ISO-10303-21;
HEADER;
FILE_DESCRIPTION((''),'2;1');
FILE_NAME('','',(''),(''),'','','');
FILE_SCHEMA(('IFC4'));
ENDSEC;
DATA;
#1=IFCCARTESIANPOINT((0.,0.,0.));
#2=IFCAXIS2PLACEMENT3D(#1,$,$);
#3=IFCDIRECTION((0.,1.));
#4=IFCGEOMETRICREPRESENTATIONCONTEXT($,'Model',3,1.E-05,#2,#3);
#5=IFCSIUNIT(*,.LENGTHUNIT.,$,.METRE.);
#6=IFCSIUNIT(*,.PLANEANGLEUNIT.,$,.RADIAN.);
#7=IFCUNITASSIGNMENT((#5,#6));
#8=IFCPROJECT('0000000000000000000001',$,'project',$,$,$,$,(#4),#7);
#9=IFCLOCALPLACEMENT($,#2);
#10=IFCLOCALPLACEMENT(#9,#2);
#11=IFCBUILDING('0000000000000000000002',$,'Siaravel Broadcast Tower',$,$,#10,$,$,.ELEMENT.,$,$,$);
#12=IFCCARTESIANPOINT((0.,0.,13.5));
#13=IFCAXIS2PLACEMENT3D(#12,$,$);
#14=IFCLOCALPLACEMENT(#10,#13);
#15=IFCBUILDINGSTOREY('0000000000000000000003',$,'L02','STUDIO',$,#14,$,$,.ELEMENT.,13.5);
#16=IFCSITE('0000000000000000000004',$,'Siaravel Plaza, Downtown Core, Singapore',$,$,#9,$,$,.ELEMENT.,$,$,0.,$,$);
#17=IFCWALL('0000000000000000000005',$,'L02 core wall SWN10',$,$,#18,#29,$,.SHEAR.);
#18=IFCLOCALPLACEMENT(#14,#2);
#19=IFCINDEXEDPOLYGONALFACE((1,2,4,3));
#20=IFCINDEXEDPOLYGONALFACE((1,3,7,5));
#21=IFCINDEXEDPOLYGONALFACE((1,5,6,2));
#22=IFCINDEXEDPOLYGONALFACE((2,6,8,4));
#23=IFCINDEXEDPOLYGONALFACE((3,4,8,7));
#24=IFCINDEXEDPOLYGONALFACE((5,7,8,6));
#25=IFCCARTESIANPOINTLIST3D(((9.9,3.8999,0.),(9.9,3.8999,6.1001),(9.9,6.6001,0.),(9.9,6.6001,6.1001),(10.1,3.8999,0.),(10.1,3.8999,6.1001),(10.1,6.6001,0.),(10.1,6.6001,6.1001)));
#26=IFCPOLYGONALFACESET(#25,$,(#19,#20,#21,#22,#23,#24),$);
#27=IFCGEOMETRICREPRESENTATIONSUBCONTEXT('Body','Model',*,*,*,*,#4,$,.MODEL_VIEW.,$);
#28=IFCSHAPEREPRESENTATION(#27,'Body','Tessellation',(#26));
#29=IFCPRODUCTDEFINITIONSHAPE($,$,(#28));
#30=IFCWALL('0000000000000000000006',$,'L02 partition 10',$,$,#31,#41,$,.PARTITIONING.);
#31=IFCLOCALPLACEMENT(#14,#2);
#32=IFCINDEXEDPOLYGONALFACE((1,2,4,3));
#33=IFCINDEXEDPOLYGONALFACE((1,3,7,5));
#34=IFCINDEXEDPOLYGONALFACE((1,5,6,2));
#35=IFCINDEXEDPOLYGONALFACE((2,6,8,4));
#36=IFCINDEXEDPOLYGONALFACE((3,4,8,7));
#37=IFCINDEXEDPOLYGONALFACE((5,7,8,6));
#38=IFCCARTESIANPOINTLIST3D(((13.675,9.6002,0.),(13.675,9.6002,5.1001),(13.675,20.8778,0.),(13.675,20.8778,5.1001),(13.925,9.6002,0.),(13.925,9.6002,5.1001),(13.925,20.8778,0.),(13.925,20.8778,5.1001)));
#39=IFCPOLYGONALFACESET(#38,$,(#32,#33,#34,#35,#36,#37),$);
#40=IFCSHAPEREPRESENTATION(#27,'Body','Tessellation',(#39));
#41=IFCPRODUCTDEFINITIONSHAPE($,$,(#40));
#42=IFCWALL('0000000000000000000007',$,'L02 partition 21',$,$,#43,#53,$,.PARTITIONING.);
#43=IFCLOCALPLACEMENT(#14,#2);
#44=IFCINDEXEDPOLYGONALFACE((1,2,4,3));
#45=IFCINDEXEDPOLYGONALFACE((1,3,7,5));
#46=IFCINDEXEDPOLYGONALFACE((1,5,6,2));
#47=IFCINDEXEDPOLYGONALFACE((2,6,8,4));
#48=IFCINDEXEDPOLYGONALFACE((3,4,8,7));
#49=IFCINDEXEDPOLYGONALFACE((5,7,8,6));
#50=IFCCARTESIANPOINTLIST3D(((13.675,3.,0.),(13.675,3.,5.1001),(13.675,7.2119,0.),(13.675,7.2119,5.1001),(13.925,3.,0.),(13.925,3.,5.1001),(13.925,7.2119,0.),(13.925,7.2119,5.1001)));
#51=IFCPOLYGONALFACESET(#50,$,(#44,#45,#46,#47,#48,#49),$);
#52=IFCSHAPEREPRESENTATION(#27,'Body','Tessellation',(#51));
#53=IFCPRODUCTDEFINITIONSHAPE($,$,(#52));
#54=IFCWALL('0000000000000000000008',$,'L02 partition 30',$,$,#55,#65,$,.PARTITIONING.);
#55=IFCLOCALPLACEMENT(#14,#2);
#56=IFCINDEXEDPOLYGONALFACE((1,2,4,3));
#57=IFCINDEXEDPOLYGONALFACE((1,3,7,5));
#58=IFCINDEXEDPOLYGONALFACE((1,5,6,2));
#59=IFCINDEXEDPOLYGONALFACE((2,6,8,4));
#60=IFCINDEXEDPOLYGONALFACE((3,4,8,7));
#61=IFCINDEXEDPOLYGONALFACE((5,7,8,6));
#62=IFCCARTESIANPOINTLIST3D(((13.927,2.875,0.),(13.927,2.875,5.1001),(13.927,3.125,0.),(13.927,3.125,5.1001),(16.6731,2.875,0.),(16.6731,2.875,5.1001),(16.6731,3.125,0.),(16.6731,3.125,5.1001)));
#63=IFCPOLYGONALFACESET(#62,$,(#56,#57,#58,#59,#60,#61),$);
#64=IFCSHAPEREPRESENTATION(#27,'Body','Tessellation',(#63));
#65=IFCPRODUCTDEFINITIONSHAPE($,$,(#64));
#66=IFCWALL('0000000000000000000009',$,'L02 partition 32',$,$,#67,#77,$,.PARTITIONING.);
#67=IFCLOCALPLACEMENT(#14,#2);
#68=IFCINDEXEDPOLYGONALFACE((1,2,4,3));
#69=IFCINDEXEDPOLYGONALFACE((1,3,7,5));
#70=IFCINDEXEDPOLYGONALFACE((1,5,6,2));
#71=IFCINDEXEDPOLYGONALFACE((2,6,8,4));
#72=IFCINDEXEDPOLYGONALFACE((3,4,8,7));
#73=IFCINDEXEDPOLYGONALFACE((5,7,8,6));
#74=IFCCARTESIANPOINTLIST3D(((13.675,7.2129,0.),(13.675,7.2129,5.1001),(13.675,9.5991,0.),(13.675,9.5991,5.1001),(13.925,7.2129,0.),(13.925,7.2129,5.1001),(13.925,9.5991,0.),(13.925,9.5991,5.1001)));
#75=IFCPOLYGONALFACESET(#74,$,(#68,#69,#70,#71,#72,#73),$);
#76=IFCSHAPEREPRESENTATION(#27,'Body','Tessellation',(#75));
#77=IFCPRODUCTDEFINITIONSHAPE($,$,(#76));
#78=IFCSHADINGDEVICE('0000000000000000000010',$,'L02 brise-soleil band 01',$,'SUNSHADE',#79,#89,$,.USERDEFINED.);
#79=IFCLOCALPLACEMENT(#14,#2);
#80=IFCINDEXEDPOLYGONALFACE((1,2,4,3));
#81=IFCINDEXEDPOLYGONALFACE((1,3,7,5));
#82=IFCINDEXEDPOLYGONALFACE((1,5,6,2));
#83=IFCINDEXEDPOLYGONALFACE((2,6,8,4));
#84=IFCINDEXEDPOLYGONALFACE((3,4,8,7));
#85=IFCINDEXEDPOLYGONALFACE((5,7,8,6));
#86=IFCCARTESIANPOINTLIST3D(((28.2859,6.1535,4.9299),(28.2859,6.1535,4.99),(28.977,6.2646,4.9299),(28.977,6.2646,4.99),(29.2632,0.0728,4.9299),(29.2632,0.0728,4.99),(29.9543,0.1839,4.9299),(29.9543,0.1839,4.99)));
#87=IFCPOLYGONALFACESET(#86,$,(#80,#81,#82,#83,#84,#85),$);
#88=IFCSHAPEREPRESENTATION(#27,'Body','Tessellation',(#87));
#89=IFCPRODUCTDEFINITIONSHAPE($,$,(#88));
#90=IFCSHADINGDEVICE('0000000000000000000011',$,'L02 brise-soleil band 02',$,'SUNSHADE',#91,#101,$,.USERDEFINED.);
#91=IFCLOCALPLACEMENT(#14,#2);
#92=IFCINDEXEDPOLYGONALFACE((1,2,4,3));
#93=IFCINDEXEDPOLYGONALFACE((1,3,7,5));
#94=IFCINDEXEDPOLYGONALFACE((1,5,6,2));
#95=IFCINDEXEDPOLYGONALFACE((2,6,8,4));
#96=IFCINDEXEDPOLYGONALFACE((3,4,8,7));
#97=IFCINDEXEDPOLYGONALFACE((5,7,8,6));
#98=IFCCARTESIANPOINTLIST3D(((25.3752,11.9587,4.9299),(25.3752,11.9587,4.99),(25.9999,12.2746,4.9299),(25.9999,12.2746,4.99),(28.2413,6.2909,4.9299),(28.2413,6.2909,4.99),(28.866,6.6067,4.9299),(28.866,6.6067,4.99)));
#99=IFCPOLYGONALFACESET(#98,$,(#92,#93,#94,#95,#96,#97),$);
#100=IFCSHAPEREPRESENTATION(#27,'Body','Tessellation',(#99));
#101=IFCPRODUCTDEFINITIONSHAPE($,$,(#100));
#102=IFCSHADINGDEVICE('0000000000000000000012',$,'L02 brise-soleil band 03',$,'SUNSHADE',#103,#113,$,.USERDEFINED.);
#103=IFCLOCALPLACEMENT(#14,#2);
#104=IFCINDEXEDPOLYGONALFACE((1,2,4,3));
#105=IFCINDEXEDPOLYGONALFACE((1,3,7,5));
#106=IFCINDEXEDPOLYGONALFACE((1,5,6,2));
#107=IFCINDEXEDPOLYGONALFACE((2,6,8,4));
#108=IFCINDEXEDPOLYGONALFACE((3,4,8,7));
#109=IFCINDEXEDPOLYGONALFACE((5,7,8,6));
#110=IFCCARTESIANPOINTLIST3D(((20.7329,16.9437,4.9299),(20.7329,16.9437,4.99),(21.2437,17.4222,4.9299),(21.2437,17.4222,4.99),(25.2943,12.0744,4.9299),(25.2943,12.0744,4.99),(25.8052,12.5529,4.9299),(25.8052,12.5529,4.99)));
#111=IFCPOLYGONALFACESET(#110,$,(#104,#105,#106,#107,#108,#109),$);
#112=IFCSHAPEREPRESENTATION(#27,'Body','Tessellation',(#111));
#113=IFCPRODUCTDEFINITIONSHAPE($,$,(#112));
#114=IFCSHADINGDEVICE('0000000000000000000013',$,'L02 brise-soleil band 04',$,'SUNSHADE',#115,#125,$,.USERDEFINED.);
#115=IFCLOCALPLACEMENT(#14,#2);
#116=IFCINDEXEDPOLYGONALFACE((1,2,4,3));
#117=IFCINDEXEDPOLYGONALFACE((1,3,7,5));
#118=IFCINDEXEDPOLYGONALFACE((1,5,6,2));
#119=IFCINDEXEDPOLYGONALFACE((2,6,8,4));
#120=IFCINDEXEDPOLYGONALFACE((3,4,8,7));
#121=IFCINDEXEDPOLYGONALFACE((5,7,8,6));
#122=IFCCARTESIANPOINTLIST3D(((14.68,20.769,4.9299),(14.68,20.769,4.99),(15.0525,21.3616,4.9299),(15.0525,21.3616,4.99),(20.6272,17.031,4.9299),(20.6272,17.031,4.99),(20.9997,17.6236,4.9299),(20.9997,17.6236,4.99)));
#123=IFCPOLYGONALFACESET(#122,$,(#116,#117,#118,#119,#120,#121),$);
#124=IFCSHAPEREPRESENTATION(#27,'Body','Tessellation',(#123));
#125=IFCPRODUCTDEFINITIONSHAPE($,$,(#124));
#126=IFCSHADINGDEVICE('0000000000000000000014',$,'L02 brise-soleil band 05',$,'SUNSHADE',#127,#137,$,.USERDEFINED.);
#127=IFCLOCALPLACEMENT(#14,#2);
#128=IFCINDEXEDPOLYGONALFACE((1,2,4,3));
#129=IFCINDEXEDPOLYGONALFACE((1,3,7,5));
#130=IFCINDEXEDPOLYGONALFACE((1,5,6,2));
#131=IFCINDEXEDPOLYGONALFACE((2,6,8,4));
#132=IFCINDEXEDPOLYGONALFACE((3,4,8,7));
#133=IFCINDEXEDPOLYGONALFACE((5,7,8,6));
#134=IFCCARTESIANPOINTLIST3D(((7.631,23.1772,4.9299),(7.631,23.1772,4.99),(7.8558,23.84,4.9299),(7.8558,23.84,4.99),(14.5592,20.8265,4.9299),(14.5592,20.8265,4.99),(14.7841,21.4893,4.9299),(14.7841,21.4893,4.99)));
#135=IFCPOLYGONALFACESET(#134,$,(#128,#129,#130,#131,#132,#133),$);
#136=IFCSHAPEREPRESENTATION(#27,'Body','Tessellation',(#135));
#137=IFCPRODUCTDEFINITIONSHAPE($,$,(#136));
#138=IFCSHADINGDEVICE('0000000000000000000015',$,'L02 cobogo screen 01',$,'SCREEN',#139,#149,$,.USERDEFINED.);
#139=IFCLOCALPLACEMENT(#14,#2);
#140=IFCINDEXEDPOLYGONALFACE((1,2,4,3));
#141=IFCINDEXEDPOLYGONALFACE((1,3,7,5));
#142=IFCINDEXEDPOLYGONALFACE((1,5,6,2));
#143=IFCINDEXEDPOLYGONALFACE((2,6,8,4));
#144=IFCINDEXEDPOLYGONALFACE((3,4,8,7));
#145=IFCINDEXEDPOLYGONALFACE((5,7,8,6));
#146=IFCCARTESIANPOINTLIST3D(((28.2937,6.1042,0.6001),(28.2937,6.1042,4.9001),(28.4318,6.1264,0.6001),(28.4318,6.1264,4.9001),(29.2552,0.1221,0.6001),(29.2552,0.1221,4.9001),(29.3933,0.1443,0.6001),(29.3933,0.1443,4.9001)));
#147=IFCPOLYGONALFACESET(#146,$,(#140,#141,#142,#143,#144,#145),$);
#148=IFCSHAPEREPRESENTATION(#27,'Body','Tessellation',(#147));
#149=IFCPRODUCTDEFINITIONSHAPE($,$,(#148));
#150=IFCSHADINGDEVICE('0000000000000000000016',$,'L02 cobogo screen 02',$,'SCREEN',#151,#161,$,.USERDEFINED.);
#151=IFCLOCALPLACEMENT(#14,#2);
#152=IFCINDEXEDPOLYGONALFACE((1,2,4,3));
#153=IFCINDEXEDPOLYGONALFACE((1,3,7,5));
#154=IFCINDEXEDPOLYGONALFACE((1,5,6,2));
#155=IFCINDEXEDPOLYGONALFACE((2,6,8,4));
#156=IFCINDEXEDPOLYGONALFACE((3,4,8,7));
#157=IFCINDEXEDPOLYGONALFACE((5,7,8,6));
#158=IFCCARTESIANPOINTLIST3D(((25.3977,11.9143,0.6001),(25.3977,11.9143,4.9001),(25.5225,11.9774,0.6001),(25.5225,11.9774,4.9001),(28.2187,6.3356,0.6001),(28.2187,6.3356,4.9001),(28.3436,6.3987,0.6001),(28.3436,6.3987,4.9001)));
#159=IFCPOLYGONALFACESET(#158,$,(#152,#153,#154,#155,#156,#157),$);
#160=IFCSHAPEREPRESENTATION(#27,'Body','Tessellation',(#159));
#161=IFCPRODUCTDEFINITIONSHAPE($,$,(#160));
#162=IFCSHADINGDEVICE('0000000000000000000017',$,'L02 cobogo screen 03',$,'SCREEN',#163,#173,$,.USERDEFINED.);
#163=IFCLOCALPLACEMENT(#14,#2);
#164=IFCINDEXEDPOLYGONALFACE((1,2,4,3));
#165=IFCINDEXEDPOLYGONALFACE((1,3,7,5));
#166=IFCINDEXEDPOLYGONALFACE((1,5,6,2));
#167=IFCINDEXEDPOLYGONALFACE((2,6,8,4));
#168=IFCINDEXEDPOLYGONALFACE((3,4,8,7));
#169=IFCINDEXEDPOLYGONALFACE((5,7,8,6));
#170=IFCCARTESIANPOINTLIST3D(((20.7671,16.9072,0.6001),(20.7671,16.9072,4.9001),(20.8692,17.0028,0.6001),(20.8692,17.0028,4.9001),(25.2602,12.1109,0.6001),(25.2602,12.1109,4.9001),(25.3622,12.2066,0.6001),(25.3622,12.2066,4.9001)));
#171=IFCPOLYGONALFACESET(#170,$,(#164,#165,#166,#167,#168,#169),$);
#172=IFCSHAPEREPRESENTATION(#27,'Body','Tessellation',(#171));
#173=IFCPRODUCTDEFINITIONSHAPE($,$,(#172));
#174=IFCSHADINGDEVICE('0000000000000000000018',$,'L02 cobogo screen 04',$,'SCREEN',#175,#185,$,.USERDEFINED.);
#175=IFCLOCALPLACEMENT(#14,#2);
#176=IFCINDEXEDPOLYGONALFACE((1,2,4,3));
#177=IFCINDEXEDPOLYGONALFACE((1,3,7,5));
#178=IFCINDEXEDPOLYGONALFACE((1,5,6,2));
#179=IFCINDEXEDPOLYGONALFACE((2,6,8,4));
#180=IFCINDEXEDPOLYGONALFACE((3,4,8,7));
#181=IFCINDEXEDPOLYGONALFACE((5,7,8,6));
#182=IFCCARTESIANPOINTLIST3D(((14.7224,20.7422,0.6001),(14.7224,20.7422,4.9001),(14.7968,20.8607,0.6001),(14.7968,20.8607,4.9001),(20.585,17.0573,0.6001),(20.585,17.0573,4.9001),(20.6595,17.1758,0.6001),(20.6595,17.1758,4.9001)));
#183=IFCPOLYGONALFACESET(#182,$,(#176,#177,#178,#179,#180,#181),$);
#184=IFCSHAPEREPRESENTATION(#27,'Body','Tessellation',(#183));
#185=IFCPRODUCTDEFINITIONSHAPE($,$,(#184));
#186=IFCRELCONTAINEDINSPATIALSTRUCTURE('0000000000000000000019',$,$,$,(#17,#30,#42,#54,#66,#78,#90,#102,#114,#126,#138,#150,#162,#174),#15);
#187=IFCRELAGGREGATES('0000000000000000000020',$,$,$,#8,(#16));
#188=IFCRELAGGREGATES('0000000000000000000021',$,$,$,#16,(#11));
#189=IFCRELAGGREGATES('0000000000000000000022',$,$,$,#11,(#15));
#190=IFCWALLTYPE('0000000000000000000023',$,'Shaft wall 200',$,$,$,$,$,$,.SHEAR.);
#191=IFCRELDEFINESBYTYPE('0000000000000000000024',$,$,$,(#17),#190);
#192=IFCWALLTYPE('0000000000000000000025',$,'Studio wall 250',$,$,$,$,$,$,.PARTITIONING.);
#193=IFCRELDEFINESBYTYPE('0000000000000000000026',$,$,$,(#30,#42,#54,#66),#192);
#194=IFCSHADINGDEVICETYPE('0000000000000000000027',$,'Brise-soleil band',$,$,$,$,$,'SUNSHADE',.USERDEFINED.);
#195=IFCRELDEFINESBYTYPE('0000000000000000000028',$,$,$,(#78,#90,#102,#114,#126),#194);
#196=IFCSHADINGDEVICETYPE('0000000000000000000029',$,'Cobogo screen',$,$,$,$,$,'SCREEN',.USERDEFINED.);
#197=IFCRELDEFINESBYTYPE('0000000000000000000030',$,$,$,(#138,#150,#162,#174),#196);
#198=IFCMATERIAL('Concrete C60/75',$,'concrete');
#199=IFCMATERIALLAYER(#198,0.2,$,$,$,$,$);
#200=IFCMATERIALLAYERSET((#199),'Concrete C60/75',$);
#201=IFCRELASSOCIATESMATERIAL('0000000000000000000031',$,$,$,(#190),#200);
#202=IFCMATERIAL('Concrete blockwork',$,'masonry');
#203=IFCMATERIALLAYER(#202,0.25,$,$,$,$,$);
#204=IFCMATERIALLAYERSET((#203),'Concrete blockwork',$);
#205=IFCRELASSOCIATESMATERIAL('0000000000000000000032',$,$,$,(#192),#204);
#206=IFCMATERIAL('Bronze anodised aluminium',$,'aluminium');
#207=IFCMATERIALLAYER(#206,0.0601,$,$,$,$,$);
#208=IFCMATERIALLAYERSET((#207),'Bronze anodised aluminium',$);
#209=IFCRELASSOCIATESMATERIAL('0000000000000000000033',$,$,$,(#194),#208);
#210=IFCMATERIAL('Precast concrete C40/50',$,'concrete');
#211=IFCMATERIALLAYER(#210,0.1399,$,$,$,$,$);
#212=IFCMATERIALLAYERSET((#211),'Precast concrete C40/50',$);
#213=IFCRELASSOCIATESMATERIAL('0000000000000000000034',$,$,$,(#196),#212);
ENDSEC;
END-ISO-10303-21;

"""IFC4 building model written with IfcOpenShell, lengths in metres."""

from ifc_helpers import new_model, si_unit, direction, frame, frame_2d, origin, origin_2d, place, context, subcontext, project, spatial, rectangle, extrude, material, layer, layer_set, type_object, element, save


model = new_model("IFC4")

# Units and contexts
model_context = context("Model", 3, precision=1e-05, world=origin(), true_north=direction((0.0, 1.0)))
body_context = subcontext(model_context, "Body", "Model", "MODEL_VIEW")
ifc_project = project(units=[si_unit("LENGTHUNIT", "METRE"), si_unit("PLANEANGLEUNIT", "RADIAN")], contexts=[model_context])

# Site, building, storey
site_placement = place(None, origin())
site = spatial("IfcSite", under=ifc_project, at=site_placement, Name="Siaravel Plaza, Downtown Core, Singapore", CompositionType="ELEMENT", RefElevation=0.0)
building_placement = place(site_placement, origin())
building = spatial("IfcBuilding", under=site, at=building_placement, Name="Siaravel Broadcast Tower", CompositionType="ELEMENT")
storey_placement = place(building_placement, frame((0.0, 0.0, 13.5)))
storey = spatial("IfcBuildingStorey", under=building, at=storey_placement, Name="L02", Description="STUDIO", CompositionType="ELEMENT", Elevation=13.5)

# Walls
ifc_material_1 = material(Name="Concrete C60/75", Category="concrete")
ifc_layer_1 = layer(ifc_material_1, 0.2)
ifc_layer_set_1 = layer_set([ifc_layer_1], Name="Concrete C60/75")
wall_type_1 = type_object("IfcWallType", Name="Shaft wall 200", PredefinedType="SHEAR", material=ifc_layer_set_1)
wall_1_placement = place(storey_placement, frame((10.0, 3.8999, 0.0), z_axis=(0.0, 0.0, 1.0), x_axis=(0.0, 1.0, 0.0)))
element("IfcWall", 1, at=wall_1_placement, inside=storey, type_object=wall_type_1, Name="L02 core wall SWN10", PredefinedType="SHEAR", context=body_context, shape_type="SweptSolid", body=[
    extrude(rectangle(XDim=2.7002, YDim=0.2, at=frame_2d((1.3501, 0.0))), origin(), (0.0, 0.0, 1.0), 6.1001),
])
ifc_material_2 = material(Name="Concrete blockwork", Category="masonry")
ifc_layer_2 = layer(ifc_material_2, 0.25)
ifc_layer_set_2 = layer_set([ifc_layer_2], Name="Concrete blockwork")
wall_type_2 = type_object("IfcWallType", Name="Studio wall 250", PredefinedType="PARTITIONING", material=ifc_layer_set_2)
wall_2_placement = place(storey_placement, frame((13.8, 20.8777, 0.0), z_axis=(0.0, 0.0, 1.0), x_axis=(0.0, -1.0, 0.0)))
element("IfcWall", 2, at=wall_2_placement, inside=storey, type_object=wall_type_2, Name="L02 partition 10", PredefinedType="PARTITIONING", context=body_context, shape_type="SweptSolid", body=[
    extrude(rectangle(XDim=11.2776, YDim=0.25, at=frame_2d((5.6387, 0.0))), origin(), (0.0, 0.0, 1.0), 5.1001),
])
wall_3_placement = place(storey_placement, frame((13.8, 3.0, 0.0), z_axis=(0.0, 0.0, 1.0), x_axis=(0.0, 1.0, 0.0)))
element("IfcWall", 3, at=wall_3_placement, inside=storey, type_object=wall_type_2, Name="L02 partition 21", PredefinedType="PARTITIONING", context=body_context, shape_type="SweptSolid", body=[
    extrude(rectangle(XDim=4.2119, YDim=0.25, at=frame_2d((2.106, 0.0))), origin(), (0.0, 0.0, 1.0), 5.1001),
])
wall_4_placement = place(storey_placement, frame((16.6731, 3.0, 0.0), z_axis=(0.0, 0.0, 1.0), x_axis=(-1.0, 0.0, 0.0)))
element("IfcWall", 4, at=wall_4_placement, inside=storey, type_object=wall_type_2, Name="L02 partition 30", PredefinedType="PARTITIONING", context=body_context, shape_type="SweptSolid", body=[
    extrude(rectangle(XDim=2.7461, YDim=0.25, at=frame_2d((1.373, 0.0))), origin(), (0.0, 0.0, 1.0), 5.1001),
])
wall_5_placement = place(storey_placement, frame((13.8, 7.2129, 0.0), z_axis=(0.0, 0.0, 1.0), x_axis=(0.0, 1.0, 0.0)))
element("IfcWall", 5, at=wall_5_placement, inside=storey, type_object=wall_type_2, Name="L02 partition 32", PredefinedType="PARTITIONING", context=body_context, shape_type="SweptSolid", body=[
    extrude(rectangle(XDim=2.3862, YDim=0.25, at=frame_2d((1.1931, 0.0))), origin(), (0.0, 0.0, 1.0), 5.1001),
])

# Shading devices
ifc_material_3 = material(Name="Bronze anodised aluminium", Category="aluminium")
ifc_layer_3 = layer(ifc_material_3, 0.0601)
ifc_layer_set_3 = layer_set([ifc_layer_3], Name="Bronze anodised aluminium")
shading_device_type_1 = type_object("IfcShadingDeviceType", Name="Brise-soleil band", ElementType="SUNSHADE", PredefinedType="USERDEFINED", material=ifc_layer_set_3)
shading_device_1_placement = place(storey_placement, frame((29.1201, 3.1687, 4.9299), z_axis=(0.0, 0.0, 1.0), x_axis=(-0.158685, 0.987329, 0.0)))
element("IfcShadingDevice", 6, at=shading_device_1_placement, inside=storey, type_object=shading_device_type_1, Name="L02 brise-soleil band 01", ObjectType="SUNSHADE", PredefinedType="USERDEFINED", context=body_context, shape_type="SweptSolid", body=[
    extrude(rectangle(XDim=6.1587, YDim=0.7, at=origin_2d()), origin(), (0.0, 0.0, 1.0), 0.0601),
])
shading_device_2_placement = place(storey_placement, frame((27.1206, 9.2827, 4.9299), z_axis=(0.0, 0.0, 1.0), x_axis=(-0.451262, 0.892391, 0.0)))
element("IfcShadingDevice", 7, at=shading_device_2_placement, inside=storey, type_object=shading_device_type_1, Name="L02 brise-soleil band 02", ObjectType="SUNSHADE", PredefinedType="USERDEFINED", context=body_context, shape_type="SweptSolid", body=[
    extrude(rectangle(XDim=6.3513, YDim=0.7, at=origin_2d()), origin(), (0.0, 0.0, 1.0), 0.0601),
])
shading_device_3_placement = place(storey_placement, frame((23.269, 14.7483, 4.9299), z_axis=(0.0, 0.0, 1.0), x_axis=(-0.683656, 0.729804, 0.0)))
element("IfcShadingDevice", 8, at=shading_device_3_placement, inside=storey, type_object=shading_device_type_1, Name="L02 brise-soleil band 03", ObjectType="SUNSHADE", PredefinedType="USERDEFINED", context=body_context, shape_type="SweptSolid", body=[
    extrude(rectangle(XDim=6.6721, YDim=0.7, at=origin_2d()), origin(), (0.0, 0.0, 1.0), 0.0601),
])
shading_device_4_placement = place(storey_placement, frame((17.8398, 19.1963, 4.9299), z_axis=(0.0, 0.0, 1.0), x_axis=(-0.84665, 0.532149, 0.0)))
element("IfcShadingDevice", 9, at=shading_device_4_placement, inside=storey, type_object=shading_device_type_1, Name="L02 brise-soleil band 04", ObjectType="SUNSHADE", PredefinedType="USERDEFINED", context=body_context, shape_type="SweptSolid", body=[
    extrude(rectangle(XDim=7.0244, YDim=0.7, at=origin_2d()), origin(), (0.0, 0.0, 1.0), 0.0601),
])
shading_device_5_placement = place(storey_placement, frame((11.2075, 22.3333, 4.9299), z_axis=(0.0, 0.0, 1.0), x_axis=(-0.946977, 0.321301, 0.0)))
element("IfcShadingDevice", 10, at=shading_device_5_placement, inside=storey, type_object=shading_device_type_1, Name="L02 brise-soleil band 05", ObjectType="SUNSHADE", PredefinedType="USERDEFINED", context=body_context, shape_type="SweptSolid", body=[
    extrude(rectangle(XDim=7.3162, YDim=0.7, at=origin_2d()), origin(), (0.0, 0.0, 1.0), 0.0601),
])
ifc_material_4 = material(Name="Precast concrete C40/50", Category="concrete")
ifc_layer_4 = layer(ifc_material_4, 0.1399)
ifc_layer_set_4 = layer_set([ifc_layer_4], Name="Precast concrete C40/50")
shading_device_type_2 = type_object("IfcShadingDeviceType", Name="Cobogo screen", ElementType="SCREEN", PredefinedType="USERDEFINED", material=ifc_layer_set_4)
shading_device_6_placement = place(storey_placement, frame((28.8435, 3.1243, 0.6001), z_axis=(0.0, 0.0, 1.0), x_axis=(-0.158685, 0.987329, 0.0)))
element("IfcShadingDevice", 11, at=shading_device_6_placement, inside=storey, type_object=shading_device_type_2, Name="L02 cobogo screen 01", ObjectType="SCREEN", PredefinedType="USERDEFINED", context=body_context, shape_type="SweptSolid", body=[
    extrude(rectangle(XDim=6.0588, YDim=0.1399, at=origin_2d()), origin(), (0.0, 0.0, 1.0), 4.3),
])
shading_device_7_placement = place(storey_placement, frame((26.8706, 9.1565, 0.6001), z_axis=(0.0, 0.0, 1.0), x_axis=(-0.451262, 0.892391, 0.0)))
element("IfcShadingDevice", 12, at=shading_device_7_placement, inside=storey, type_object=shading_device_type_2, Name="L02 cobogo screen 02", ObjectType="SCREEN", PredefinedType="USERDEFINED", context=body_context, shape_type="SweptSolid", body=[
    extrude(rectangle(XDim=6.2515, YDim=0.1399, at=origin_2d()), origin(), (0.0, 0.0, 1.0), 4.3),
])
shading_device_8_placement = place(storey_placement, frame((23.0647, 14.5569, 0.6001), z_axis=(0.0, 0.0, 1.0), x_axis=(-0.683656, 0.729804, 0.0)))
element("IfcShadingDevice", 13, at=shading_device_8_placement, inside=storey, type_object=shading_device_type_2, Name="L02 cobogo screen 03", ObjectType="SCREEN", PredefinedType="USERDEFINED", context=body_context, shape_type="SweptSolid", body=[
    extrude(rectangle(XDim=6.572, YDim=0.1399, at=origin_2d()), origin(), (0.0, 0.0, 1.0), 4.3),
])
shading_device_9_placement = place(storey_placement, frame((17.6909, 18.959, 0.6001), z_axis=(0.0, 0.0, 1.0), x_axis=(-0.84665, 0.532149, 0.0)))
element("IfcShadingDevice", 14, at=shading_device_9_placement, inside=storey, type_object=shading_device_type_2, Name="L02 cobogo screen 04", ObjectType="SCREEN", PredefinedType="USERDEFINED", context=body_context, shape_type="SweptSolid", body=[
    extrude(rectangle(XDim=6.9246, YDim=0.1399, at=origin_2d()), origin(), (0.0, 0.0, 1.0), 4.3),
])

save(model, "model.ifc")
